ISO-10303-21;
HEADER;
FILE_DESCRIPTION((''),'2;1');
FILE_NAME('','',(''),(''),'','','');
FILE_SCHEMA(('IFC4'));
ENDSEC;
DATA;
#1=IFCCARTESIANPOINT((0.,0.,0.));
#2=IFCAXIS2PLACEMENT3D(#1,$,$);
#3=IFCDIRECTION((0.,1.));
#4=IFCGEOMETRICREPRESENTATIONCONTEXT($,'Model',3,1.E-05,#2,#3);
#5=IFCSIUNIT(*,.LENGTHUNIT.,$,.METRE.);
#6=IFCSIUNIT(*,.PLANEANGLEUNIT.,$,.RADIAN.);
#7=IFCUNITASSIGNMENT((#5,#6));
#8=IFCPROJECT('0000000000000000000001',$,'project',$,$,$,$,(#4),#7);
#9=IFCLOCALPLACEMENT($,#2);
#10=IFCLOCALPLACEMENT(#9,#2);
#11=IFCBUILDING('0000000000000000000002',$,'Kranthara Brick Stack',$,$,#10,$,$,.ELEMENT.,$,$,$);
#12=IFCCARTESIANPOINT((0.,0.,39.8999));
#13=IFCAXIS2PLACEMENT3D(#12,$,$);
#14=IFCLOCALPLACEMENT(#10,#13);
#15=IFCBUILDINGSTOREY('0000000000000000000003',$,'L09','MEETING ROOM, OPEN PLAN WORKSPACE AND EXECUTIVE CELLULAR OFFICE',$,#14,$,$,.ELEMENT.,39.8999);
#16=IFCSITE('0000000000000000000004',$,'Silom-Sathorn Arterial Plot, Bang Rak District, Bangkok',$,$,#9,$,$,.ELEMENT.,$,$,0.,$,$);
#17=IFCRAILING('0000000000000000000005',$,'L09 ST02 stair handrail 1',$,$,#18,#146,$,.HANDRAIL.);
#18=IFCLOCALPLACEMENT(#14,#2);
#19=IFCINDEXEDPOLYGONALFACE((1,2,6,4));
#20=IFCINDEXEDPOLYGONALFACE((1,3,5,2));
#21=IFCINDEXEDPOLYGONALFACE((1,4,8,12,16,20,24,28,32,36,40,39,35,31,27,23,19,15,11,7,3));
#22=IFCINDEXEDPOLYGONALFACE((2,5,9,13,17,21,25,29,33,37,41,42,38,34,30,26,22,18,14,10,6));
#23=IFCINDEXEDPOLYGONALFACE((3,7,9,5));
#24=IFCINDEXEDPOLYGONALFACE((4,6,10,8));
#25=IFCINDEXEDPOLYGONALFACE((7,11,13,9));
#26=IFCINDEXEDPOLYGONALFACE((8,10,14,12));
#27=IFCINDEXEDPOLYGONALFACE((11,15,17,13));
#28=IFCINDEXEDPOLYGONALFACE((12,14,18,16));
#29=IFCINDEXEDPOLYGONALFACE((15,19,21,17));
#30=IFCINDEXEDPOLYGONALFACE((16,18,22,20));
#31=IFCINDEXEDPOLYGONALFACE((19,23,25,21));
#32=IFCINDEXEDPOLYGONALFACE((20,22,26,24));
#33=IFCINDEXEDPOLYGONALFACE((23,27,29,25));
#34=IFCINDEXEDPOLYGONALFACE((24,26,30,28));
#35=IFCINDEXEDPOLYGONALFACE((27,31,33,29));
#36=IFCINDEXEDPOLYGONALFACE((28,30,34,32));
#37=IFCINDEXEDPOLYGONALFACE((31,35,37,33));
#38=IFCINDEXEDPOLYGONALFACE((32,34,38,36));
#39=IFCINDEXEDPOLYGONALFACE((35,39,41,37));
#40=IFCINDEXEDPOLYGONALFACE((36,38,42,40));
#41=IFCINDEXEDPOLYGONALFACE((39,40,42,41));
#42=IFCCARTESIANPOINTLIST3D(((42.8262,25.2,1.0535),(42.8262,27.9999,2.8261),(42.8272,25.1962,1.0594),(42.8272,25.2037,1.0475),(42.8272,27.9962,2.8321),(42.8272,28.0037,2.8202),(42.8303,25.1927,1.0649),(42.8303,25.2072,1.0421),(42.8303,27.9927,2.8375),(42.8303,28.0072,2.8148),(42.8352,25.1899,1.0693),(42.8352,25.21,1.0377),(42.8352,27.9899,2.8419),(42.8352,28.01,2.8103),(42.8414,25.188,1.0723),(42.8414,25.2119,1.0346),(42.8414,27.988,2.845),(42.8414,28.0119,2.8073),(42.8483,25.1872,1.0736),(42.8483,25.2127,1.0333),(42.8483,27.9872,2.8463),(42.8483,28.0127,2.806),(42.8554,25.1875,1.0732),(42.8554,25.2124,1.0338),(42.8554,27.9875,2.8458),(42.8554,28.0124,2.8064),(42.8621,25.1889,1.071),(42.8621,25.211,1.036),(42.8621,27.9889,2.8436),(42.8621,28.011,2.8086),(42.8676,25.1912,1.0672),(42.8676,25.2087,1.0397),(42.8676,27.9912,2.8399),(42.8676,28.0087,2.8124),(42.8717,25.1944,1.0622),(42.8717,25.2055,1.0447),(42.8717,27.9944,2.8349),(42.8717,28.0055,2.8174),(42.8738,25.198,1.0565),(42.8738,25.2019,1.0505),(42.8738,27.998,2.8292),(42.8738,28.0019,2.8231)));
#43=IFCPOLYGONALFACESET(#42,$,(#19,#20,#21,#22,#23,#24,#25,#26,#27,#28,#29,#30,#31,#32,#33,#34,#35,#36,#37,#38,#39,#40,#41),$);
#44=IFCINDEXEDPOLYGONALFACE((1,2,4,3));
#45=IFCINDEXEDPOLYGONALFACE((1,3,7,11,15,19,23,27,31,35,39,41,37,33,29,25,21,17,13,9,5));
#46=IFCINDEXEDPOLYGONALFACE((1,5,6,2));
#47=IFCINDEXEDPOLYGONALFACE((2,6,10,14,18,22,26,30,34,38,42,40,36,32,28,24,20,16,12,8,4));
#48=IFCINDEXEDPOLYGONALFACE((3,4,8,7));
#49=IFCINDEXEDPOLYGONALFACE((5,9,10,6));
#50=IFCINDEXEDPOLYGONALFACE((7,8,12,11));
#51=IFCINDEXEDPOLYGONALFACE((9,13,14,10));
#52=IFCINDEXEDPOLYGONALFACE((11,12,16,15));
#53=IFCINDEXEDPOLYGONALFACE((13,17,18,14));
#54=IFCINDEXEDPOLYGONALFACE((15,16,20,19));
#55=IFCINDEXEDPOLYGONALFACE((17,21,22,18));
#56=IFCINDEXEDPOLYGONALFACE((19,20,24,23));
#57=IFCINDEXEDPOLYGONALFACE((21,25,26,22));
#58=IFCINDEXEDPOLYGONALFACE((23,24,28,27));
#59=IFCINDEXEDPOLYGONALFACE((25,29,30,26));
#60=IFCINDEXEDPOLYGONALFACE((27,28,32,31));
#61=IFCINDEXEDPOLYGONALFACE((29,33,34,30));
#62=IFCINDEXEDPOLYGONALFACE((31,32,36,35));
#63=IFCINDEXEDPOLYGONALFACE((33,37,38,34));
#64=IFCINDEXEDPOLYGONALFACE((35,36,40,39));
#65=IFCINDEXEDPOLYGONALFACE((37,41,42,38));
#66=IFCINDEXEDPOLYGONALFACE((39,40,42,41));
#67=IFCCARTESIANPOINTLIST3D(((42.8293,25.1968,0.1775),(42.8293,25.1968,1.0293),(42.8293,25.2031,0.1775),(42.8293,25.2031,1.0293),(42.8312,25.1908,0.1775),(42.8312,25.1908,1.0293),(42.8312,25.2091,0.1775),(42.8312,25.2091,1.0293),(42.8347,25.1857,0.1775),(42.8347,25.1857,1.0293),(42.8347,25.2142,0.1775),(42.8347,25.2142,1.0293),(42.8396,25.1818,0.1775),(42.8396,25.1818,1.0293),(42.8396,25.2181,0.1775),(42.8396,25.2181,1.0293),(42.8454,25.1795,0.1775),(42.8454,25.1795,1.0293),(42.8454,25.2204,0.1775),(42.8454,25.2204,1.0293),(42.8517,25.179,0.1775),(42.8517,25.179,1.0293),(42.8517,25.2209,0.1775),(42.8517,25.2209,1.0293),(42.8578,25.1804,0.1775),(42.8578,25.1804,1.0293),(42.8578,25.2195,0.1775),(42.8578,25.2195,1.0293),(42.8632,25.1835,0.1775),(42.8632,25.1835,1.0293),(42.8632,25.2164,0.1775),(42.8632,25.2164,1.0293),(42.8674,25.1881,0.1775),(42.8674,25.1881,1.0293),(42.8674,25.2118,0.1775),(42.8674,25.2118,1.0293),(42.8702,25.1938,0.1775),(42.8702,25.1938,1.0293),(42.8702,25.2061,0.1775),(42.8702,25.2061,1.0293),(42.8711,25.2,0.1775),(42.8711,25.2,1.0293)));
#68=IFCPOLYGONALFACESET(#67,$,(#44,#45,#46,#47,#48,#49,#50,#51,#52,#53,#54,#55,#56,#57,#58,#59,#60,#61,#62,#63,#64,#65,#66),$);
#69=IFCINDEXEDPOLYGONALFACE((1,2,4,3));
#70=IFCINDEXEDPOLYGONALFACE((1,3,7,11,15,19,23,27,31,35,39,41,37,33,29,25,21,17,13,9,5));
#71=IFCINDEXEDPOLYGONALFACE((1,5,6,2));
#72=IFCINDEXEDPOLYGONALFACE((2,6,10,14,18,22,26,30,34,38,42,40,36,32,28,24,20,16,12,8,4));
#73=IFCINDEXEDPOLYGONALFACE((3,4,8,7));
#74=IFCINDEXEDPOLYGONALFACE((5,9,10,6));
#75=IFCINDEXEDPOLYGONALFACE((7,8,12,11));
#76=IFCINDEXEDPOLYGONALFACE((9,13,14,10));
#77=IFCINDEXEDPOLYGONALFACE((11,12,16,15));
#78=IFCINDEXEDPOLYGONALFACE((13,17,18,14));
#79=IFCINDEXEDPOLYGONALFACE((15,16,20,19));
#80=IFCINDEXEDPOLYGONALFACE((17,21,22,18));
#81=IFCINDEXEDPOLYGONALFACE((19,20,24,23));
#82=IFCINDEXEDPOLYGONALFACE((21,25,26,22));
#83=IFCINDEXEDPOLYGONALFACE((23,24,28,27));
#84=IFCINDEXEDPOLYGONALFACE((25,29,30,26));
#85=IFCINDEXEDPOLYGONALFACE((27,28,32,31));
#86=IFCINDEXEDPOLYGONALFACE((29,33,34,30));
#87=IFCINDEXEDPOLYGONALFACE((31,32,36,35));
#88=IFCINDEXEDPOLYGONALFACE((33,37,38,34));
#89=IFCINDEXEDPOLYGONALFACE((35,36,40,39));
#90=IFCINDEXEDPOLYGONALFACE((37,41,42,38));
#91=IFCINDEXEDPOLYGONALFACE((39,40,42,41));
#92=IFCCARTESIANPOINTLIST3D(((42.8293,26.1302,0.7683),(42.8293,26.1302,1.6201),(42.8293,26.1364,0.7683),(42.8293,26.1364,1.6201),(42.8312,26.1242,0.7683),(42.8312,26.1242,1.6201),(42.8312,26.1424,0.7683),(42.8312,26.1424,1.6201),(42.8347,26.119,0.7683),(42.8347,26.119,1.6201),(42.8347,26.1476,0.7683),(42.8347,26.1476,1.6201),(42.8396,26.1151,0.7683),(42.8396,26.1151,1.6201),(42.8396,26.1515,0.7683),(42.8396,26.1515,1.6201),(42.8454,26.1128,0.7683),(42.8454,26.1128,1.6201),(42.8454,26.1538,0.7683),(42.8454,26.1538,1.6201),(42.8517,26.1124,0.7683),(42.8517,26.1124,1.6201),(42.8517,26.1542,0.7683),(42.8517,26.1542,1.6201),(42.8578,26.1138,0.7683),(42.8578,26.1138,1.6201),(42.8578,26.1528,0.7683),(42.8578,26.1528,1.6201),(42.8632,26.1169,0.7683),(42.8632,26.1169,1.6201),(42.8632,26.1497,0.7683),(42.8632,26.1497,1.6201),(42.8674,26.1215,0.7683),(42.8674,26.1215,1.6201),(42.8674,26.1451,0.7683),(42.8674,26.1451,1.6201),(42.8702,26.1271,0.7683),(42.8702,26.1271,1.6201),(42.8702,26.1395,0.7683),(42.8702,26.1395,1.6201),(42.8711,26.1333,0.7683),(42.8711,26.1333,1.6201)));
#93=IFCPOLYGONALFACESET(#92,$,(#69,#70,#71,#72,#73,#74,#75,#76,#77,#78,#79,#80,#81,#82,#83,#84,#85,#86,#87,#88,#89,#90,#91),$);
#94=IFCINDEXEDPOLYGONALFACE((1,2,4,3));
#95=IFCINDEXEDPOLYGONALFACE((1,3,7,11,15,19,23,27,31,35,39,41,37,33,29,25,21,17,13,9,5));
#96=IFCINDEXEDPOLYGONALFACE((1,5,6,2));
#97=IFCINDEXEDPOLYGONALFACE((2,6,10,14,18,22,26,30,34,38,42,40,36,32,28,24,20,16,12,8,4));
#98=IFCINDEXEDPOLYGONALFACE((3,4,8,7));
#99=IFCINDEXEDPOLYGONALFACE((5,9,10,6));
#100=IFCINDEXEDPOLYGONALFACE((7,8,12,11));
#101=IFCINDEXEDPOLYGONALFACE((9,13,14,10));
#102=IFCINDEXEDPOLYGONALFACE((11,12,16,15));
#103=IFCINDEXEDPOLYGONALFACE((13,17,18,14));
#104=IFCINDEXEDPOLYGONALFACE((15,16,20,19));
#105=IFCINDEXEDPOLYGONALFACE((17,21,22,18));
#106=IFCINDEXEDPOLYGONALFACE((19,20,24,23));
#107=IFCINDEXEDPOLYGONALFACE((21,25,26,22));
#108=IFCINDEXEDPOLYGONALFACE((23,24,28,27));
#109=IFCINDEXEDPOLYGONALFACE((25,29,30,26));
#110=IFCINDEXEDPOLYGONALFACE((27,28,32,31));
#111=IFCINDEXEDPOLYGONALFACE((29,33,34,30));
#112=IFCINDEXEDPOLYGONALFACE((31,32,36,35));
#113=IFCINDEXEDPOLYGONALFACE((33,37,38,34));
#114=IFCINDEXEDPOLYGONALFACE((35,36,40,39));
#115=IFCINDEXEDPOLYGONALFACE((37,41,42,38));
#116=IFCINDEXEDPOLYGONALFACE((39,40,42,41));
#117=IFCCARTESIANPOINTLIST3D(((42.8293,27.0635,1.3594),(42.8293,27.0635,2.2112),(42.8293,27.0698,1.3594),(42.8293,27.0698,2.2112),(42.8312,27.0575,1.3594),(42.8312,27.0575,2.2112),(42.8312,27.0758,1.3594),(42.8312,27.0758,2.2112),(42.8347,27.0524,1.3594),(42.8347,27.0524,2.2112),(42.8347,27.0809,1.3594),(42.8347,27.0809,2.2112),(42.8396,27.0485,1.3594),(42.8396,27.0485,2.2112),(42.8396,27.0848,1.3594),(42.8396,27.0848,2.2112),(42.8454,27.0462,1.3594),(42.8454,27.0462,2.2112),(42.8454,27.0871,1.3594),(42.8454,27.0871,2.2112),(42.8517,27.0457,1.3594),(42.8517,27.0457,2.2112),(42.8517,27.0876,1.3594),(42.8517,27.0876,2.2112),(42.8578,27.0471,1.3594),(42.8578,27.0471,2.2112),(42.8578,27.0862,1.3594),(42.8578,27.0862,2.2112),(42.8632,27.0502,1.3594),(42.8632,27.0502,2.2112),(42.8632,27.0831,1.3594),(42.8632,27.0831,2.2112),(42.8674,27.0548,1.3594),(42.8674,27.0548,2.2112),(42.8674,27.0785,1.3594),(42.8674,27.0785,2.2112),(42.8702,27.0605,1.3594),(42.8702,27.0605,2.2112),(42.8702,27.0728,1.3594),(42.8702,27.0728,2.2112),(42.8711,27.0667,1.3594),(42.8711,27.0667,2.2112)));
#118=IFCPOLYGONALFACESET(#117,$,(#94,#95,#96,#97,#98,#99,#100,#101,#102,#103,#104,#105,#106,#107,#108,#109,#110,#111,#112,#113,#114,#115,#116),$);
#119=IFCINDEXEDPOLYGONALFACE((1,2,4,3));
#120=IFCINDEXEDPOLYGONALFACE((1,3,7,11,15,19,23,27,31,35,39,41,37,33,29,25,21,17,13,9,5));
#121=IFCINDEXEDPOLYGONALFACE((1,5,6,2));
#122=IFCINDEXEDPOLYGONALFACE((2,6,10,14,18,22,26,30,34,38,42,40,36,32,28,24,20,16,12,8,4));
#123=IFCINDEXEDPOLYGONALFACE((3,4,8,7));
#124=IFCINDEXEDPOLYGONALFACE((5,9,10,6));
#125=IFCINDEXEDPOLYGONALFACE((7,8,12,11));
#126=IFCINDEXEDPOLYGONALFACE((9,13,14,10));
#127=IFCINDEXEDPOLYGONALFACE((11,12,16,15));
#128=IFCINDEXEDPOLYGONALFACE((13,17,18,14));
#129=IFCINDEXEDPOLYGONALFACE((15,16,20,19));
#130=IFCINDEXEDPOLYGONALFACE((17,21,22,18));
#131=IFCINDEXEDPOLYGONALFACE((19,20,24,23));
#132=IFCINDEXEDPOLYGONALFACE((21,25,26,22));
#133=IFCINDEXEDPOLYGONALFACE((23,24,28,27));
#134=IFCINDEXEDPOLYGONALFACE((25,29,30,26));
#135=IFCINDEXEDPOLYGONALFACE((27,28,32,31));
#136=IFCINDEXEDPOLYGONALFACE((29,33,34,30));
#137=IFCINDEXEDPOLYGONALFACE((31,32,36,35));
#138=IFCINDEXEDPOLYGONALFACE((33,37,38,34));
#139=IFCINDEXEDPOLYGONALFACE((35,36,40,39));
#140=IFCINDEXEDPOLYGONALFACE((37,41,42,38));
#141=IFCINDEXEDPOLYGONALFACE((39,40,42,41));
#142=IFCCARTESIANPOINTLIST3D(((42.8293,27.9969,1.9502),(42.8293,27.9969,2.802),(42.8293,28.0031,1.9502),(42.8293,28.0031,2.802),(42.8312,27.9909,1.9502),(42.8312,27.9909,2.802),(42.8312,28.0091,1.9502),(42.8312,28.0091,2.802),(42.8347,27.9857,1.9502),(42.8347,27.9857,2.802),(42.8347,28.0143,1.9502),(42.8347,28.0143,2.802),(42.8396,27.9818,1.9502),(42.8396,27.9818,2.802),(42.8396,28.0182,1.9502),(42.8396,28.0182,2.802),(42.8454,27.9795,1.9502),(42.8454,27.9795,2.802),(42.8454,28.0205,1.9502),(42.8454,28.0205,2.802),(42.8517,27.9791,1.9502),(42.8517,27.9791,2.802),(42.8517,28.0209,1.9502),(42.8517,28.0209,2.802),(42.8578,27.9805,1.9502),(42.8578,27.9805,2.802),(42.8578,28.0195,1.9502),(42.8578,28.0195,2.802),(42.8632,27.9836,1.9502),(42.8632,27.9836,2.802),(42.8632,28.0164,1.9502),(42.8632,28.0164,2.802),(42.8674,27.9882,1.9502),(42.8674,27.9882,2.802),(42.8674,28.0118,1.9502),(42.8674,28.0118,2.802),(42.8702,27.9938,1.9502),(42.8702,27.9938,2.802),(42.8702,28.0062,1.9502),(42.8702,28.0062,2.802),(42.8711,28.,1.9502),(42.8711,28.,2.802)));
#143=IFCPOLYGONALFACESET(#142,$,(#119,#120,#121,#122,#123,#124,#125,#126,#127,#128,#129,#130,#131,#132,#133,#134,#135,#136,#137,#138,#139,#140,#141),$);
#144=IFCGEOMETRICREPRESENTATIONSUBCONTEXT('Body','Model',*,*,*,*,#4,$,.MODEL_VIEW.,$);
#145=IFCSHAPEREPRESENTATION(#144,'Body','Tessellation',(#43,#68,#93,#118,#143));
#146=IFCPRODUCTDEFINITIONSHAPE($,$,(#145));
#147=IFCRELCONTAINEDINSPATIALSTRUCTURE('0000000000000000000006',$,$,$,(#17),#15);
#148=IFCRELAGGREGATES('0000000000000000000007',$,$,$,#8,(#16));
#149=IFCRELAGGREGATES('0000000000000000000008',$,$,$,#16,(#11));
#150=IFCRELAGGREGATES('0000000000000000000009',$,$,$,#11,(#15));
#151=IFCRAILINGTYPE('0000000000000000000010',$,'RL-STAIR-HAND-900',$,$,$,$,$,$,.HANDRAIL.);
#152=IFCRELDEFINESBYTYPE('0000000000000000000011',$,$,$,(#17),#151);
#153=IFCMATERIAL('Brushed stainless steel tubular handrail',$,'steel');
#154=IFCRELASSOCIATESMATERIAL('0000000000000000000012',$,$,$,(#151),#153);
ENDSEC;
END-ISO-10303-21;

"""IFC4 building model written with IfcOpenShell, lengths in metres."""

from ifc_helpers import new_model, si_unit, direction, frame, origin, origin_2d, place, context, subcontext, project, spatial, circle, extrude, material, type_object, element, save


model = new_model("IFC4")

# Units and contexts
model_context = context("Model", 3, precision=1e-05, world=origin(), true_north=direction((0.0, 1.0)))
body_context = subcontext(model_context, "Body", "Model", "MODEL_VIEW")
ifc_project = project(units=[si_unit("LENGTHUNIT", "METRE"), si_unit("PLANEANGLEUNIT", "RADIAN")], contexts=[model_context])

# Site, building, storey
site_placement = place(None, origin())
site = spatial("IfcSite", under=ifc_project, at=site_placement, Name="Silom-Sathorn Arterial Plot, Bang Rak District, Bangkok", CompositionType="ELEMENT", RefElevation=0.0)
building_placement = place(site_placement, origin())
building = spatial("IfcBuilding", under=site, at=building_placement, Name="Kranthara Brick Stack", CompositionType="ELEMENT")
storey_placement = place(building_placement, frame((0.0, 0.0, 39.8999)))
storey = spatial("IfcBuildingStorey", under=building, at=storey_placement, Name="L09", Description="MEETING ROOM, OPEN PLAN WORKSPACE AND EXECUTIVE CELLULAR OFFICE", CompositionType="ELEMENT", Elevation=39.8999)

# Railing
ifc_material_1 = material(Name="Brushed stainless steel tubular handrail", Category="steel")
railing_type_1 = type_object("IfcRailingType", Name="RL-STAIR-HAND-900", PredefinedType="HANDRAIL", material=ifc_material_1)
railing_1_placement = place(storey_placement, frame((42.8501, 25.2, 0.1775)))
element("IfcRailing", 1, at=railing_1_placement, inside=storey, type_object=railing_type_1, Name="L09 ST02 stair handrail 1", PredefinedType="HANDRAIL", context=body_context, shape_type="SweptSolid", body=[
    extrude(circle(Radius=0.0239, at=origin_2d()), frame((0.0, 0.0, 0.876), z_axis=(0.0, 0.844909, 0.53491), x_axis=(-1.0, 0.0, 0.0)), (0.0, 0.0, 1.0), 3.314),
    extrude(circle(Radius=0.021, at=origin_2d()), origin(), (0.0, 0.0, 1.0), 0.8518),
    extrude(circle(Radius=0.021, at=origin_2d()), frame((0.0, 0.9333, 0.5908)), (0.0, 0.0, 1.0), 0.8518),
    extrude(circle(Radius=0.021, at=origin_2d()), frame((0.0, 1.8667, 1.1819)), (0.0, 0.0, 1.0), 0.8518),
    extrude(circle(Radius=0.021, at=origin_2d()), frame((0.0, 2.8, 1.7727)), (0.0, 0.0, 1.0), 0.8518),
])

save(model, "model.ifc")
